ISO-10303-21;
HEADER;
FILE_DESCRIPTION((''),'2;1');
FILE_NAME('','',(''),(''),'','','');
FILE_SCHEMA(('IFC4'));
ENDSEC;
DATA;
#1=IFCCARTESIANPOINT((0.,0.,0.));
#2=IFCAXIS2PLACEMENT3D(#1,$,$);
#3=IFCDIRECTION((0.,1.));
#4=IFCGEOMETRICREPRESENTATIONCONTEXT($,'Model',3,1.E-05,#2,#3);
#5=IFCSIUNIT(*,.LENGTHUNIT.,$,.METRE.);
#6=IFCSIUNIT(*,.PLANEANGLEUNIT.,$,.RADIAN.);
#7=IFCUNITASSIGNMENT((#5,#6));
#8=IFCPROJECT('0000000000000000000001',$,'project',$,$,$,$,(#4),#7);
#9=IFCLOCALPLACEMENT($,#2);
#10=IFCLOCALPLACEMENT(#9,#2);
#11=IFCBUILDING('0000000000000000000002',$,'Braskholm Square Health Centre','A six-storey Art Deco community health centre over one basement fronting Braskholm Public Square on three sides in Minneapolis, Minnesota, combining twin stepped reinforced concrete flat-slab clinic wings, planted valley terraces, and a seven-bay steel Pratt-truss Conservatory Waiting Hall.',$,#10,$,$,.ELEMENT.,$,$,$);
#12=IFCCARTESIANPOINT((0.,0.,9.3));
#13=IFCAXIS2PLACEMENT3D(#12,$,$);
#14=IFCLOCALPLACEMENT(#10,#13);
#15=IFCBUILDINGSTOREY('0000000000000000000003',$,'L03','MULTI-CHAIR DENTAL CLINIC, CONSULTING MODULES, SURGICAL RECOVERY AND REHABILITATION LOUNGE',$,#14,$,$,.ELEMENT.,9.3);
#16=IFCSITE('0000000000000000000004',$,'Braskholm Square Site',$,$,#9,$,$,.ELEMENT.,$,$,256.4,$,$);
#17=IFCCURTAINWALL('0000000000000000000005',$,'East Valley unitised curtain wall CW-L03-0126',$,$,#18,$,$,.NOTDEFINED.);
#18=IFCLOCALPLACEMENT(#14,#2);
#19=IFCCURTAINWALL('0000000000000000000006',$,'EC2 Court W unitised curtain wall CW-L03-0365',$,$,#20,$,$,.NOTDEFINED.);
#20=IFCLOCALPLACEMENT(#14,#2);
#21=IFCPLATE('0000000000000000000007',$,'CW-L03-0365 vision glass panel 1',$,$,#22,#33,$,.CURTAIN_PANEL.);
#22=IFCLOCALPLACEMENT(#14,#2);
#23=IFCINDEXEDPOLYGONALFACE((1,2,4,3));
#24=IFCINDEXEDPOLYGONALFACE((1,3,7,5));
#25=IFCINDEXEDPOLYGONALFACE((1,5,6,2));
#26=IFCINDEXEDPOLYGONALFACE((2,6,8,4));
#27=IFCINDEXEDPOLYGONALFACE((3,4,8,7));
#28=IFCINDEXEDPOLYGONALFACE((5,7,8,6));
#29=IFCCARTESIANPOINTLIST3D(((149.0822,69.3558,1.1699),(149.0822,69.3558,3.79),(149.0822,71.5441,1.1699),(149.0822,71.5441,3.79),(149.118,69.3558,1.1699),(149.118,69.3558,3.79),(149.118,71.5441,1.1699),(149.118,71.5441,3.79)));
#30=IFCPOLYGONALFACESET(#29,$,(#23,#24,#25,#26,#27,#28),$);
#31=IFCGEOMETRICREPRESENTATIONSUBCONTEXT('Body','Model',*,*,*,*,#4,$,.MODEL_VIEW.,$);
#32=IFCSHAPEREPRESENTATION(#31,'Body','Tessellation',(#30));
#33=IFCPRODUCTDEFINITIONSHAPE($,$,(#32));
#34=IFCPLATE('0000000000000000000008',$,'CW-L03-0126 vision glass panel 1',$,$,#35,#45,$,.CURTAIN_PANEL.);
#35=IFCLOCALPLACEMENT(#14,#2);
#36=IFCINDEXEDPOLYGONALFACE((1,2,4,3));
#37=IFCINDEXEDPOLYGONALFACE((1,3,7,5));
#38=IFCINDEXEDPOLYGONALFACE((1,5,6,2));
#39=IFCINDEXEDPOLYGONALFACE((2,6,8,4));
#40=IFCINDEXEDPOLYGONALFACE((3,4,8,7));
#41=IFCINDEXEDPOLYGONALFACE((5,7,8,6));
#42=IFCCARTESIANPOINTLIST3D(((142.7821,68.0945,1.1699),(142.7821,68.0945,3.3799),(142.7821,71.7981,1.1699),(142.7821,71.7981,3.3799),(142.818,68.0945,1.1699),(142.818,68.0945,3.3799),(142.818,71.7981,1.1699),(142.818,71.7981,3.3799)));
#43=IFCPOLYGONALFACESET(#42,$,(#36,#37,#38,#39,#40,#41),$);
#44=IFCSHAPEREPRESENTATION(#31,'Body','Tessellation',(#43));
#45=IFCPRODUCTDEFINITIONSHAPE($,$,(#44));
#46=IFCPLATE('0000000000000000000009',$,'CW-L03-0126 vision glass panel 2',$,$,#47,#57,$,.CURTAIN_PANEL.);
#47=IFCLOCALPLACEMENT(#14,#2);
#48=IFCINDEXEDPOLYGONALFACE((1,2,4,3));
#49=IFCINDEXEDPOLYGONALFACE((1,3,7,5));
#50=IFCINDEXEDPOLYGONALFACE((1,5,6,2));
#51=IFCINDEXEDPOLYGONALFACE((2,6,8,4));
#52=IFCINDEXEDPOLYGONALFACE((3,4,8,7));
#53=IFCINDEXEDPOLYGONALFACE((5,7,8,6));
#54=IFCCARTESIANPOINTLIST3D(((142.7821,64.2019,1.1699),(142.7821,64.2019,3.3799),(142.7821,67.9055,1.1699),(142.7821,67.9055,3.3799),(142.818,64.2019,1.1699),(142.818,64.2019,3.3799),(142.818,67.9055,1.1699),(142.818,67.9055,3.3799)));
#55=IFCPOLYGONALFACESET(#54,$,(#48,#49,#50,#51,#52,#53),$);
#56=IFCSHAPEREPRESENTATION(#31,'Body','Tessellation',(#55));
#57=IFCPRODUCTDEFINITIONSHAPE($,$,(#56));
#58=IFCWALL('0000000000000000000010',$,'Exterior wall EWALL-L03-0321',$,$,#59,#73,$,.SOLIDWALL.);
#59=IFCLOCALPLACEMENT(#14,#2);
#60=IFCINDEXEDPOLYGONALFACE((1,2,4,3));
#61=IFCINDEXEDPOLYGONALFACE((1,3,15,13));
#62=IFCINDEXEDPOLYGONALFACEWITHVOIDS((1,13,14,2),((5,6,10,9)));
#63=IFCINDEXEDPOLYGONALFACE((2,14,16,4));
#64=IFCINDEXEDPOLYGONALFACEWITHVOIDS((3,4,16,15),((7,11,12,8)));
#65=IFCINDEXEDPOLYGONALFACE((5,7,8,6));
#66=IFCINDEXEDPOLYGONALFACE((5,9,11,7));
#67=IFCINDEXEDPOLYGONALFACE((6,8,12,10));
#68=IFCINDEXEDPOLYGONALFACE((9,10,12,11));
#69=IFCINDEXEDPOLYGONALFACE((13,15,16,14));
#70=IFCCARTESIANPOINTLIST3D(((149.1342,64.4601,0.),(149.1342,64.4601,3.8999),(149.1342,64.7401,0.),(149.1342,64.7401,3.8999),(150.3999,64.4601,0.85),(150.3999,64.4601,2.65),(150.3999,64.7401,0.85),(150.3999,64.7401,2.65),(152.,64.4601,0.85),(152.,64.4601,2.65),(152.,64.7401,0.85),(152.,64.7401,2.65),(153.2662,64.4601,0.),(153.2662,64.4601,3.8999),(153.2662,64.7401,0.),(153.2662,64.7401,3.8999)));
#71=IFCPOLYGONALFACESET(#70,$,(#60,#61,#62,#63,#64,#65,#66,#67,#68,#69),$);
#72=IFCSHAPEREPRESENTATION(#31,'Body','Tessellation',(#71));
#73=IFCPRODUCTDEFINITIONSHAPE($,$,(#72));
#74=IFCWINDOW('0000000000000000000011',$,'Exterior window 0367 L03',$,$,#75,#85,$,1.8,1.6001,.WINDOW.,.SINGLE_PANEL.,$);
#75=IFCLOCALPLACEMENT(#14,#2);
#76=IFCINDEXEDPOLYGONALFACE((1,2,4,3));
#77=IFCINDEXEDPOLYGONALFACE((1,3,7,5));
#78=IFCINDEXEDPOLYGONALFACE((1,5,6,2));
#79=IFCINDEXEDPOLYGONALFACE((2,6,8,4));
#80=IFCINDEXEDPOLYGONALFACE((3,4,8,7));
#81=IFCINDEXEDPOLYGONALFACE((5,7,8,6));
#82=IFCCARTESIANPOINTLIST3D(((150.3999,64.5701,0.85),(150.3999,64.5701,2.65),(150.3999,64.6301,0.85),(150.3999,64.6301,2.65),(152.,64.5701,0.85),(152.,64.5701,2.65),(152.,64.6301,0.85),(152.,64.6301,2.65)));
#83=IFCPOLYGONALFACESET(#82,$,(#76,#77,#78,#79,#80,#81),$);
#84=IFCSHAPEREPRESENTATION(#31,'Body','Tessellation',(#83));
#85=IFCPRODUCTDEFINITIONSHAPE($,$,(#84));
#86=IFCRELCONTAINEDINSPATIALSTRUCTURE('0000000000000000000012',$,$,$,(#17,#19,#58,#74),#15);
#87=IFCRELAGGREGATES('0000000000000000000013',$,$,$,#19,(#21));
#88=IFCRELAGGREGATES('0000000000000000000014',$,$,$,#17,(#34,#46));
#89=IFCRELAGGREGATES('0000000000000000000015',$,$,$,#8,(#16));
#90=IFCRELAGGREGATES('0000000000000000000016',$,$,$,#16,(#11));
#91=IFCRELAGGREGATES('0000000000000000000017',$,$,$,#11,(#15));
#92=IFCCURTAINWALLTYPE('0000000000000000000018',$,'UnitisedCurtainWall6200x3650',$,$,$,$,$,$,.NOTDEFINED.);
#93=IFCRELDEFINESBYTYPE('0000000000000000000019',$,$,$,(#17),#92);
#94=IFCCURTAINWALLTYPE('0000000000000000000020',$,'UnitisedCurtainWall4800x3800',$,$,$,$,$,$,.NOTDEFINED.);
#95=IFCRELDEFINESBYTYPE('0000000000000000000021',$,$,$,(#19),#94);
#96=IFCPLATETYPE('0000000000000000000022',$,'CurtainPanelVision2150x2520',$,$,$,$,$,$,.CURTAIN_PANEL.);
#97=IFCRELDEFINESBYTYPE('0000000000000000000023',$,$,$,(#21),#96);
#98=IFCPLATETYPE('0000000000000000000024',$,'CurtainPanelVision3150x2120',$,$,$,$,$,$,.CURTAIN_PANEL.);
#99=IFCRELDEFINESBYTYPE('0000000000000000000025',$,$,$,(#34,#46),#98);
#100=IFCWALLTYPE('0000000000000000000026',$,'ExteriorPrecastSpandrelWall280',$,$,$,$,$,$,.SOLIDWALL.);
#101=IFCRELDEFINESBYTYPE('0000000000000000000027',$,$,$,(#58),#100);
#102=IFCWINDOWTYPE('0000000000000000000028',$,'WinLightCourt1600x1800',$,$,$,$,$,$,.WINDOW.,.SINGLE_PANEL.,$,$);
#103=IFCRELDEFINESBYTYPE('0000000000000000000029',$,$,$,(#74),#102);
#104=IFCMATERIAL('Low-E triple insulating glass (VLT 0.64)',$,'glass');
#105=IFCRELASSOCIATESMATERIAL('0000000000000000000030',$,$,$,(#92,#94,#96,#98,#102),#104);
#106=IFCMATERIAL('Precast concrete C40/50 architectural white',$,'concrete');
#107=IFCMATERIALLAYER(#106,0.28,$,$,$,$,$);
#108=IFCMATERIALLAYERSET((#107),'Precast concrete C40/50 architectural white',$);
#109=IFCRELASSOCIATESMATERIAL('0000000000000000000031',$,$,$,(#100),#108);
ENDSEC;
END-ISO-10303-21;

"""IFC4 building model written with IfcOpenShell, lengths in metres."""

from ifc_helpers import new_model, si_unit, direction, frame, frame_2d, origin, origin_with_axes, origin_2d, place, context, subcontext, project, spatial, rectangle, extrude, material, layer, layer_set, type_object, element, fill, aggregate, save


model = new_model("IFC4")

# Units and contexts
model_context = context("Model", 3, precision=1e-05, world=origin(), true_north=direction((0.0, 1.0)))
body_context = subcontext(model_context, "Body", "Model", "MODEL_VIEW")
ifc_project = project(units=[si_unit("LENGTHUNIT", "METRE"), si_unit("PLANEANGLEUNIT", "RADIAN")], contexts=[model_context])

# Site, building, storey
site_placement = place(None, origin())
site = spatial("IfcSite", under=ifc_project, at=site_placement, Name="Braskholm Square Site", CompositionType="ELEMENT", RefElevation=256.4)
building_placement = place(site_placement, origin())
building = spatial("IfcBuilding", under=site, at=building_placement, Name="Braskholm Square Health Centre", Description="A six-storey Art Deco community health centre over one basement fronting Braskholm Public Square on three sides in Minneapolis, Minnesota, combining twin stepped reinforced concrete flat-slab clinic wings, planted valley terraces, and a seven-bay steel Pratt-truss Conservatory Waiting Hall.", CompositionType="ELEMENT")
storey_placement = place(building_placement, frame((0.0, 0.0, 9.3)))
storey = spatial("IfcBuildingStorey", under=building, at=storey_placement, Name="L03", Description="MULTI-CHAIR DENTAL CLINIC, CONSULTING MODULES, SURGICAL RECOVERY AND REHABILITATION LOUNGE", CompositionType="ELEMENT", Elevation=9.3)

# Curtain walls
ifc_material_1 = material(Name="Low-E triple insulating glass (VLT 0.64)", Category="glass")
curtain_wall_type_1 = type_object("IfcCurtainWallType", Name="UnitisedCurtainWall6200x3650", PredefinedType="NOTDEFINED", material=ifc_material_1)
curtain_wall_1_placement = place(storey_placement, origin())
curtain_wall_1 = element("IfcCurtainWall", 1, at=curtain_wall_1_placement, inside=storey, type_object=curtain_wall_type_1, Name="East Valley unitised curtain wall CW-L03-0126", PredefinedType="NOTDEFINED")
curtain_wall_type_2 = type_object("IfcCurtainWallType", Name="UnitisedCurtainWall4800x3800", PredefinedType="NOTDEFINED", material=ifc_material_1)
curtain_wall_2_placement = place(storey_placement, origin())
curtain_wall_2 = element("IfcCurtainWall", 2, at=curtain_wall_2_placement, inside=storey, type_object=curtain_wall_type_2, Name="EC2 Court W unitised curtain wall CW-L03-0365", PredefinedType="NOTDEFINED")

# Shared definitions
ifc_material_2 = material(Name="Precast concrete C40/50 architectural white", Category="concrete")

# Plates
plate_type_1 = type_object("IfcPlateType", Name="CurtainPanelVision2150x2520", PredefinedType="CURTAIN_PANEL", material=ifc_material_1)
plate_1_placement = place(storey_placement, frame((149.1001, 70.45, 1.1699), z_axis=(0.0, 0.0, 1.0), x_axis=(0.0, 1.0, 0.0)))
plate_1 = element("IfcPlate", 3, at=plate_1_placement, type_object=plate_type_1, Name="CW-L03-0365 vision glass panel 1", PredefinedType="CURTAIN_PANEL", context=body_context, shape_type="SweptSolid", body=[
    extrude(rectangle(XDim=2.1882, YDim=0.0359, at=origin_2d()), origin(), (0.0, 0.0, 1.0), 2.6201),
])
aggregate(curtain_wall_2, [plate_1])
plate_type_2 = type_object("IfcPlateType", Name="CurtainPanelVision3150x2120", PredefinedType="CURTAIN_PANEL", material=ifc_material_1)
plate_2_placement = place(storey_placement, frame((142.8, 69.9463, 1.1699), z_axis=(0.0, 0.0, 1.0), x_axis=(0.0, -1.0, 0.0)))
plate_2 = element("IfcPlate", 4, at=plate_2_placement, type_object=plate_type_2, Name="CW-L03-0126 vision glass panel 1", PredefinedType="CURTAIN_PANEL", context=body_context, shape_type="SweptSolid", body=[
    extrude(rectangle(XDim=3.7036, YDim=0.0359, at=origin_2d()), origin(), (0.0, 0.0, 1.0), 2.21),
])
plate_3_placement = place(storey_placement, frame((142.8, 66.0537, 1.1699), z_axis=(0.0, 0.0, 1.0), x_axis=(0.0, -1.0, 0.0)))
plate_3 = element("IfcPlate", 5, at=plate_3_placement, type_object=plate_type_2, Name="CW-L03-0126 vision glass panel 2", PredefinedType="CURTAIN_PANEL", context=body_context, shape_type="SweptSolid", body=[
    extrude(rectangle(XDim=3.7036, YDim=0.0359, at=origin_2d()), origin(), (0.0, 0.0, 1.0), 2.21),
])
aggregate(curtain_wall_1, [plate_2, plate_3])

# Wall, opening, window
ifc_layer = layer(ifc_material_2, 0.28)
ifc_layer_set = layer_set([ifc_layer], Name="Precast concrete C40/50 architectural white")
wall_type = type_object("IfcWallType", Name="ExteriorPrecastSpandrelWall280", PredefinedType="SOLIDWALL", material=ifc_layer_set)
wall_placement = place(storey_placement, frame((153.2661, 64.6001, 0.0), z_axis=(0.0, 0.0, 1.0), x_axis=(-1.0, 0.0, 0.0)))
wall = element("IfcWall", 6, at=wall_placement, inside=storey, type_object=wall_type, Name="Exterior wall EWALL-L03-0321", PredefinedType="SOLIDWALL", context=body_context, shape_type="SweptSolid", body=[
    extrude(rectangle(XDim=4.1321, YDim=0.28, at=frame_2d((2.0659, 0.0))), origin(), (0.0, 0.0, 1.0), 3.8999),
])
opening_placement = place(wall_placement, frame((1.2661, 0.0, 0.8501)))
opening = element("IfcOpeningElement", 7, at=opening_placement, cuts=wall, PredefinedType="OPENING", context=body_context, shape_type="SweptSolid", body=[
    extrude(rectangle(XDim=1.6001, YDim=1.8, at=frame_2d((0.8, 0.8999))), frame((0.0, 0.1499, 0.0), z_axis=(0.0, -1.0, 0.0), x_axis=(1.0, 0.0, 0.0)), (0.0, 0.0, 1.0), 0.3),
])
window_type = type_object("IfcWindowType", Name="WinLightCourt1600x1800", PartitioningType="SINGLE_PANEL", PredefinedType="WINDOW", material=ifc_material_1)
window_placement = place(opening_placement, origin_with_axes())
window = element("IfcWindow", 8, at=window_placement, inside=storey, type_object=window_type, Name="Exterior window 0367 L03", OverallHeight=1.8, OverallWidth=1.6001, PartitioningType="SINGLE_PANEL", PredefinedType="WINDOW", context=body_context, shape_type="SweptSolid", body=[
    extrude(rectangle(XDim=1.6001, YDim=1.8, at=frame_2d((0.8, 0.8999))), frame((0.0, 0.03, 0.0), z_axis=(0.0, -1.0, 0.0), x_axis=(1.0, 0.0, 0.0)), (0.0, 0.0, 1.0), 0.0601),
])
fill(opening, window)

save(model, "model.ifc")
